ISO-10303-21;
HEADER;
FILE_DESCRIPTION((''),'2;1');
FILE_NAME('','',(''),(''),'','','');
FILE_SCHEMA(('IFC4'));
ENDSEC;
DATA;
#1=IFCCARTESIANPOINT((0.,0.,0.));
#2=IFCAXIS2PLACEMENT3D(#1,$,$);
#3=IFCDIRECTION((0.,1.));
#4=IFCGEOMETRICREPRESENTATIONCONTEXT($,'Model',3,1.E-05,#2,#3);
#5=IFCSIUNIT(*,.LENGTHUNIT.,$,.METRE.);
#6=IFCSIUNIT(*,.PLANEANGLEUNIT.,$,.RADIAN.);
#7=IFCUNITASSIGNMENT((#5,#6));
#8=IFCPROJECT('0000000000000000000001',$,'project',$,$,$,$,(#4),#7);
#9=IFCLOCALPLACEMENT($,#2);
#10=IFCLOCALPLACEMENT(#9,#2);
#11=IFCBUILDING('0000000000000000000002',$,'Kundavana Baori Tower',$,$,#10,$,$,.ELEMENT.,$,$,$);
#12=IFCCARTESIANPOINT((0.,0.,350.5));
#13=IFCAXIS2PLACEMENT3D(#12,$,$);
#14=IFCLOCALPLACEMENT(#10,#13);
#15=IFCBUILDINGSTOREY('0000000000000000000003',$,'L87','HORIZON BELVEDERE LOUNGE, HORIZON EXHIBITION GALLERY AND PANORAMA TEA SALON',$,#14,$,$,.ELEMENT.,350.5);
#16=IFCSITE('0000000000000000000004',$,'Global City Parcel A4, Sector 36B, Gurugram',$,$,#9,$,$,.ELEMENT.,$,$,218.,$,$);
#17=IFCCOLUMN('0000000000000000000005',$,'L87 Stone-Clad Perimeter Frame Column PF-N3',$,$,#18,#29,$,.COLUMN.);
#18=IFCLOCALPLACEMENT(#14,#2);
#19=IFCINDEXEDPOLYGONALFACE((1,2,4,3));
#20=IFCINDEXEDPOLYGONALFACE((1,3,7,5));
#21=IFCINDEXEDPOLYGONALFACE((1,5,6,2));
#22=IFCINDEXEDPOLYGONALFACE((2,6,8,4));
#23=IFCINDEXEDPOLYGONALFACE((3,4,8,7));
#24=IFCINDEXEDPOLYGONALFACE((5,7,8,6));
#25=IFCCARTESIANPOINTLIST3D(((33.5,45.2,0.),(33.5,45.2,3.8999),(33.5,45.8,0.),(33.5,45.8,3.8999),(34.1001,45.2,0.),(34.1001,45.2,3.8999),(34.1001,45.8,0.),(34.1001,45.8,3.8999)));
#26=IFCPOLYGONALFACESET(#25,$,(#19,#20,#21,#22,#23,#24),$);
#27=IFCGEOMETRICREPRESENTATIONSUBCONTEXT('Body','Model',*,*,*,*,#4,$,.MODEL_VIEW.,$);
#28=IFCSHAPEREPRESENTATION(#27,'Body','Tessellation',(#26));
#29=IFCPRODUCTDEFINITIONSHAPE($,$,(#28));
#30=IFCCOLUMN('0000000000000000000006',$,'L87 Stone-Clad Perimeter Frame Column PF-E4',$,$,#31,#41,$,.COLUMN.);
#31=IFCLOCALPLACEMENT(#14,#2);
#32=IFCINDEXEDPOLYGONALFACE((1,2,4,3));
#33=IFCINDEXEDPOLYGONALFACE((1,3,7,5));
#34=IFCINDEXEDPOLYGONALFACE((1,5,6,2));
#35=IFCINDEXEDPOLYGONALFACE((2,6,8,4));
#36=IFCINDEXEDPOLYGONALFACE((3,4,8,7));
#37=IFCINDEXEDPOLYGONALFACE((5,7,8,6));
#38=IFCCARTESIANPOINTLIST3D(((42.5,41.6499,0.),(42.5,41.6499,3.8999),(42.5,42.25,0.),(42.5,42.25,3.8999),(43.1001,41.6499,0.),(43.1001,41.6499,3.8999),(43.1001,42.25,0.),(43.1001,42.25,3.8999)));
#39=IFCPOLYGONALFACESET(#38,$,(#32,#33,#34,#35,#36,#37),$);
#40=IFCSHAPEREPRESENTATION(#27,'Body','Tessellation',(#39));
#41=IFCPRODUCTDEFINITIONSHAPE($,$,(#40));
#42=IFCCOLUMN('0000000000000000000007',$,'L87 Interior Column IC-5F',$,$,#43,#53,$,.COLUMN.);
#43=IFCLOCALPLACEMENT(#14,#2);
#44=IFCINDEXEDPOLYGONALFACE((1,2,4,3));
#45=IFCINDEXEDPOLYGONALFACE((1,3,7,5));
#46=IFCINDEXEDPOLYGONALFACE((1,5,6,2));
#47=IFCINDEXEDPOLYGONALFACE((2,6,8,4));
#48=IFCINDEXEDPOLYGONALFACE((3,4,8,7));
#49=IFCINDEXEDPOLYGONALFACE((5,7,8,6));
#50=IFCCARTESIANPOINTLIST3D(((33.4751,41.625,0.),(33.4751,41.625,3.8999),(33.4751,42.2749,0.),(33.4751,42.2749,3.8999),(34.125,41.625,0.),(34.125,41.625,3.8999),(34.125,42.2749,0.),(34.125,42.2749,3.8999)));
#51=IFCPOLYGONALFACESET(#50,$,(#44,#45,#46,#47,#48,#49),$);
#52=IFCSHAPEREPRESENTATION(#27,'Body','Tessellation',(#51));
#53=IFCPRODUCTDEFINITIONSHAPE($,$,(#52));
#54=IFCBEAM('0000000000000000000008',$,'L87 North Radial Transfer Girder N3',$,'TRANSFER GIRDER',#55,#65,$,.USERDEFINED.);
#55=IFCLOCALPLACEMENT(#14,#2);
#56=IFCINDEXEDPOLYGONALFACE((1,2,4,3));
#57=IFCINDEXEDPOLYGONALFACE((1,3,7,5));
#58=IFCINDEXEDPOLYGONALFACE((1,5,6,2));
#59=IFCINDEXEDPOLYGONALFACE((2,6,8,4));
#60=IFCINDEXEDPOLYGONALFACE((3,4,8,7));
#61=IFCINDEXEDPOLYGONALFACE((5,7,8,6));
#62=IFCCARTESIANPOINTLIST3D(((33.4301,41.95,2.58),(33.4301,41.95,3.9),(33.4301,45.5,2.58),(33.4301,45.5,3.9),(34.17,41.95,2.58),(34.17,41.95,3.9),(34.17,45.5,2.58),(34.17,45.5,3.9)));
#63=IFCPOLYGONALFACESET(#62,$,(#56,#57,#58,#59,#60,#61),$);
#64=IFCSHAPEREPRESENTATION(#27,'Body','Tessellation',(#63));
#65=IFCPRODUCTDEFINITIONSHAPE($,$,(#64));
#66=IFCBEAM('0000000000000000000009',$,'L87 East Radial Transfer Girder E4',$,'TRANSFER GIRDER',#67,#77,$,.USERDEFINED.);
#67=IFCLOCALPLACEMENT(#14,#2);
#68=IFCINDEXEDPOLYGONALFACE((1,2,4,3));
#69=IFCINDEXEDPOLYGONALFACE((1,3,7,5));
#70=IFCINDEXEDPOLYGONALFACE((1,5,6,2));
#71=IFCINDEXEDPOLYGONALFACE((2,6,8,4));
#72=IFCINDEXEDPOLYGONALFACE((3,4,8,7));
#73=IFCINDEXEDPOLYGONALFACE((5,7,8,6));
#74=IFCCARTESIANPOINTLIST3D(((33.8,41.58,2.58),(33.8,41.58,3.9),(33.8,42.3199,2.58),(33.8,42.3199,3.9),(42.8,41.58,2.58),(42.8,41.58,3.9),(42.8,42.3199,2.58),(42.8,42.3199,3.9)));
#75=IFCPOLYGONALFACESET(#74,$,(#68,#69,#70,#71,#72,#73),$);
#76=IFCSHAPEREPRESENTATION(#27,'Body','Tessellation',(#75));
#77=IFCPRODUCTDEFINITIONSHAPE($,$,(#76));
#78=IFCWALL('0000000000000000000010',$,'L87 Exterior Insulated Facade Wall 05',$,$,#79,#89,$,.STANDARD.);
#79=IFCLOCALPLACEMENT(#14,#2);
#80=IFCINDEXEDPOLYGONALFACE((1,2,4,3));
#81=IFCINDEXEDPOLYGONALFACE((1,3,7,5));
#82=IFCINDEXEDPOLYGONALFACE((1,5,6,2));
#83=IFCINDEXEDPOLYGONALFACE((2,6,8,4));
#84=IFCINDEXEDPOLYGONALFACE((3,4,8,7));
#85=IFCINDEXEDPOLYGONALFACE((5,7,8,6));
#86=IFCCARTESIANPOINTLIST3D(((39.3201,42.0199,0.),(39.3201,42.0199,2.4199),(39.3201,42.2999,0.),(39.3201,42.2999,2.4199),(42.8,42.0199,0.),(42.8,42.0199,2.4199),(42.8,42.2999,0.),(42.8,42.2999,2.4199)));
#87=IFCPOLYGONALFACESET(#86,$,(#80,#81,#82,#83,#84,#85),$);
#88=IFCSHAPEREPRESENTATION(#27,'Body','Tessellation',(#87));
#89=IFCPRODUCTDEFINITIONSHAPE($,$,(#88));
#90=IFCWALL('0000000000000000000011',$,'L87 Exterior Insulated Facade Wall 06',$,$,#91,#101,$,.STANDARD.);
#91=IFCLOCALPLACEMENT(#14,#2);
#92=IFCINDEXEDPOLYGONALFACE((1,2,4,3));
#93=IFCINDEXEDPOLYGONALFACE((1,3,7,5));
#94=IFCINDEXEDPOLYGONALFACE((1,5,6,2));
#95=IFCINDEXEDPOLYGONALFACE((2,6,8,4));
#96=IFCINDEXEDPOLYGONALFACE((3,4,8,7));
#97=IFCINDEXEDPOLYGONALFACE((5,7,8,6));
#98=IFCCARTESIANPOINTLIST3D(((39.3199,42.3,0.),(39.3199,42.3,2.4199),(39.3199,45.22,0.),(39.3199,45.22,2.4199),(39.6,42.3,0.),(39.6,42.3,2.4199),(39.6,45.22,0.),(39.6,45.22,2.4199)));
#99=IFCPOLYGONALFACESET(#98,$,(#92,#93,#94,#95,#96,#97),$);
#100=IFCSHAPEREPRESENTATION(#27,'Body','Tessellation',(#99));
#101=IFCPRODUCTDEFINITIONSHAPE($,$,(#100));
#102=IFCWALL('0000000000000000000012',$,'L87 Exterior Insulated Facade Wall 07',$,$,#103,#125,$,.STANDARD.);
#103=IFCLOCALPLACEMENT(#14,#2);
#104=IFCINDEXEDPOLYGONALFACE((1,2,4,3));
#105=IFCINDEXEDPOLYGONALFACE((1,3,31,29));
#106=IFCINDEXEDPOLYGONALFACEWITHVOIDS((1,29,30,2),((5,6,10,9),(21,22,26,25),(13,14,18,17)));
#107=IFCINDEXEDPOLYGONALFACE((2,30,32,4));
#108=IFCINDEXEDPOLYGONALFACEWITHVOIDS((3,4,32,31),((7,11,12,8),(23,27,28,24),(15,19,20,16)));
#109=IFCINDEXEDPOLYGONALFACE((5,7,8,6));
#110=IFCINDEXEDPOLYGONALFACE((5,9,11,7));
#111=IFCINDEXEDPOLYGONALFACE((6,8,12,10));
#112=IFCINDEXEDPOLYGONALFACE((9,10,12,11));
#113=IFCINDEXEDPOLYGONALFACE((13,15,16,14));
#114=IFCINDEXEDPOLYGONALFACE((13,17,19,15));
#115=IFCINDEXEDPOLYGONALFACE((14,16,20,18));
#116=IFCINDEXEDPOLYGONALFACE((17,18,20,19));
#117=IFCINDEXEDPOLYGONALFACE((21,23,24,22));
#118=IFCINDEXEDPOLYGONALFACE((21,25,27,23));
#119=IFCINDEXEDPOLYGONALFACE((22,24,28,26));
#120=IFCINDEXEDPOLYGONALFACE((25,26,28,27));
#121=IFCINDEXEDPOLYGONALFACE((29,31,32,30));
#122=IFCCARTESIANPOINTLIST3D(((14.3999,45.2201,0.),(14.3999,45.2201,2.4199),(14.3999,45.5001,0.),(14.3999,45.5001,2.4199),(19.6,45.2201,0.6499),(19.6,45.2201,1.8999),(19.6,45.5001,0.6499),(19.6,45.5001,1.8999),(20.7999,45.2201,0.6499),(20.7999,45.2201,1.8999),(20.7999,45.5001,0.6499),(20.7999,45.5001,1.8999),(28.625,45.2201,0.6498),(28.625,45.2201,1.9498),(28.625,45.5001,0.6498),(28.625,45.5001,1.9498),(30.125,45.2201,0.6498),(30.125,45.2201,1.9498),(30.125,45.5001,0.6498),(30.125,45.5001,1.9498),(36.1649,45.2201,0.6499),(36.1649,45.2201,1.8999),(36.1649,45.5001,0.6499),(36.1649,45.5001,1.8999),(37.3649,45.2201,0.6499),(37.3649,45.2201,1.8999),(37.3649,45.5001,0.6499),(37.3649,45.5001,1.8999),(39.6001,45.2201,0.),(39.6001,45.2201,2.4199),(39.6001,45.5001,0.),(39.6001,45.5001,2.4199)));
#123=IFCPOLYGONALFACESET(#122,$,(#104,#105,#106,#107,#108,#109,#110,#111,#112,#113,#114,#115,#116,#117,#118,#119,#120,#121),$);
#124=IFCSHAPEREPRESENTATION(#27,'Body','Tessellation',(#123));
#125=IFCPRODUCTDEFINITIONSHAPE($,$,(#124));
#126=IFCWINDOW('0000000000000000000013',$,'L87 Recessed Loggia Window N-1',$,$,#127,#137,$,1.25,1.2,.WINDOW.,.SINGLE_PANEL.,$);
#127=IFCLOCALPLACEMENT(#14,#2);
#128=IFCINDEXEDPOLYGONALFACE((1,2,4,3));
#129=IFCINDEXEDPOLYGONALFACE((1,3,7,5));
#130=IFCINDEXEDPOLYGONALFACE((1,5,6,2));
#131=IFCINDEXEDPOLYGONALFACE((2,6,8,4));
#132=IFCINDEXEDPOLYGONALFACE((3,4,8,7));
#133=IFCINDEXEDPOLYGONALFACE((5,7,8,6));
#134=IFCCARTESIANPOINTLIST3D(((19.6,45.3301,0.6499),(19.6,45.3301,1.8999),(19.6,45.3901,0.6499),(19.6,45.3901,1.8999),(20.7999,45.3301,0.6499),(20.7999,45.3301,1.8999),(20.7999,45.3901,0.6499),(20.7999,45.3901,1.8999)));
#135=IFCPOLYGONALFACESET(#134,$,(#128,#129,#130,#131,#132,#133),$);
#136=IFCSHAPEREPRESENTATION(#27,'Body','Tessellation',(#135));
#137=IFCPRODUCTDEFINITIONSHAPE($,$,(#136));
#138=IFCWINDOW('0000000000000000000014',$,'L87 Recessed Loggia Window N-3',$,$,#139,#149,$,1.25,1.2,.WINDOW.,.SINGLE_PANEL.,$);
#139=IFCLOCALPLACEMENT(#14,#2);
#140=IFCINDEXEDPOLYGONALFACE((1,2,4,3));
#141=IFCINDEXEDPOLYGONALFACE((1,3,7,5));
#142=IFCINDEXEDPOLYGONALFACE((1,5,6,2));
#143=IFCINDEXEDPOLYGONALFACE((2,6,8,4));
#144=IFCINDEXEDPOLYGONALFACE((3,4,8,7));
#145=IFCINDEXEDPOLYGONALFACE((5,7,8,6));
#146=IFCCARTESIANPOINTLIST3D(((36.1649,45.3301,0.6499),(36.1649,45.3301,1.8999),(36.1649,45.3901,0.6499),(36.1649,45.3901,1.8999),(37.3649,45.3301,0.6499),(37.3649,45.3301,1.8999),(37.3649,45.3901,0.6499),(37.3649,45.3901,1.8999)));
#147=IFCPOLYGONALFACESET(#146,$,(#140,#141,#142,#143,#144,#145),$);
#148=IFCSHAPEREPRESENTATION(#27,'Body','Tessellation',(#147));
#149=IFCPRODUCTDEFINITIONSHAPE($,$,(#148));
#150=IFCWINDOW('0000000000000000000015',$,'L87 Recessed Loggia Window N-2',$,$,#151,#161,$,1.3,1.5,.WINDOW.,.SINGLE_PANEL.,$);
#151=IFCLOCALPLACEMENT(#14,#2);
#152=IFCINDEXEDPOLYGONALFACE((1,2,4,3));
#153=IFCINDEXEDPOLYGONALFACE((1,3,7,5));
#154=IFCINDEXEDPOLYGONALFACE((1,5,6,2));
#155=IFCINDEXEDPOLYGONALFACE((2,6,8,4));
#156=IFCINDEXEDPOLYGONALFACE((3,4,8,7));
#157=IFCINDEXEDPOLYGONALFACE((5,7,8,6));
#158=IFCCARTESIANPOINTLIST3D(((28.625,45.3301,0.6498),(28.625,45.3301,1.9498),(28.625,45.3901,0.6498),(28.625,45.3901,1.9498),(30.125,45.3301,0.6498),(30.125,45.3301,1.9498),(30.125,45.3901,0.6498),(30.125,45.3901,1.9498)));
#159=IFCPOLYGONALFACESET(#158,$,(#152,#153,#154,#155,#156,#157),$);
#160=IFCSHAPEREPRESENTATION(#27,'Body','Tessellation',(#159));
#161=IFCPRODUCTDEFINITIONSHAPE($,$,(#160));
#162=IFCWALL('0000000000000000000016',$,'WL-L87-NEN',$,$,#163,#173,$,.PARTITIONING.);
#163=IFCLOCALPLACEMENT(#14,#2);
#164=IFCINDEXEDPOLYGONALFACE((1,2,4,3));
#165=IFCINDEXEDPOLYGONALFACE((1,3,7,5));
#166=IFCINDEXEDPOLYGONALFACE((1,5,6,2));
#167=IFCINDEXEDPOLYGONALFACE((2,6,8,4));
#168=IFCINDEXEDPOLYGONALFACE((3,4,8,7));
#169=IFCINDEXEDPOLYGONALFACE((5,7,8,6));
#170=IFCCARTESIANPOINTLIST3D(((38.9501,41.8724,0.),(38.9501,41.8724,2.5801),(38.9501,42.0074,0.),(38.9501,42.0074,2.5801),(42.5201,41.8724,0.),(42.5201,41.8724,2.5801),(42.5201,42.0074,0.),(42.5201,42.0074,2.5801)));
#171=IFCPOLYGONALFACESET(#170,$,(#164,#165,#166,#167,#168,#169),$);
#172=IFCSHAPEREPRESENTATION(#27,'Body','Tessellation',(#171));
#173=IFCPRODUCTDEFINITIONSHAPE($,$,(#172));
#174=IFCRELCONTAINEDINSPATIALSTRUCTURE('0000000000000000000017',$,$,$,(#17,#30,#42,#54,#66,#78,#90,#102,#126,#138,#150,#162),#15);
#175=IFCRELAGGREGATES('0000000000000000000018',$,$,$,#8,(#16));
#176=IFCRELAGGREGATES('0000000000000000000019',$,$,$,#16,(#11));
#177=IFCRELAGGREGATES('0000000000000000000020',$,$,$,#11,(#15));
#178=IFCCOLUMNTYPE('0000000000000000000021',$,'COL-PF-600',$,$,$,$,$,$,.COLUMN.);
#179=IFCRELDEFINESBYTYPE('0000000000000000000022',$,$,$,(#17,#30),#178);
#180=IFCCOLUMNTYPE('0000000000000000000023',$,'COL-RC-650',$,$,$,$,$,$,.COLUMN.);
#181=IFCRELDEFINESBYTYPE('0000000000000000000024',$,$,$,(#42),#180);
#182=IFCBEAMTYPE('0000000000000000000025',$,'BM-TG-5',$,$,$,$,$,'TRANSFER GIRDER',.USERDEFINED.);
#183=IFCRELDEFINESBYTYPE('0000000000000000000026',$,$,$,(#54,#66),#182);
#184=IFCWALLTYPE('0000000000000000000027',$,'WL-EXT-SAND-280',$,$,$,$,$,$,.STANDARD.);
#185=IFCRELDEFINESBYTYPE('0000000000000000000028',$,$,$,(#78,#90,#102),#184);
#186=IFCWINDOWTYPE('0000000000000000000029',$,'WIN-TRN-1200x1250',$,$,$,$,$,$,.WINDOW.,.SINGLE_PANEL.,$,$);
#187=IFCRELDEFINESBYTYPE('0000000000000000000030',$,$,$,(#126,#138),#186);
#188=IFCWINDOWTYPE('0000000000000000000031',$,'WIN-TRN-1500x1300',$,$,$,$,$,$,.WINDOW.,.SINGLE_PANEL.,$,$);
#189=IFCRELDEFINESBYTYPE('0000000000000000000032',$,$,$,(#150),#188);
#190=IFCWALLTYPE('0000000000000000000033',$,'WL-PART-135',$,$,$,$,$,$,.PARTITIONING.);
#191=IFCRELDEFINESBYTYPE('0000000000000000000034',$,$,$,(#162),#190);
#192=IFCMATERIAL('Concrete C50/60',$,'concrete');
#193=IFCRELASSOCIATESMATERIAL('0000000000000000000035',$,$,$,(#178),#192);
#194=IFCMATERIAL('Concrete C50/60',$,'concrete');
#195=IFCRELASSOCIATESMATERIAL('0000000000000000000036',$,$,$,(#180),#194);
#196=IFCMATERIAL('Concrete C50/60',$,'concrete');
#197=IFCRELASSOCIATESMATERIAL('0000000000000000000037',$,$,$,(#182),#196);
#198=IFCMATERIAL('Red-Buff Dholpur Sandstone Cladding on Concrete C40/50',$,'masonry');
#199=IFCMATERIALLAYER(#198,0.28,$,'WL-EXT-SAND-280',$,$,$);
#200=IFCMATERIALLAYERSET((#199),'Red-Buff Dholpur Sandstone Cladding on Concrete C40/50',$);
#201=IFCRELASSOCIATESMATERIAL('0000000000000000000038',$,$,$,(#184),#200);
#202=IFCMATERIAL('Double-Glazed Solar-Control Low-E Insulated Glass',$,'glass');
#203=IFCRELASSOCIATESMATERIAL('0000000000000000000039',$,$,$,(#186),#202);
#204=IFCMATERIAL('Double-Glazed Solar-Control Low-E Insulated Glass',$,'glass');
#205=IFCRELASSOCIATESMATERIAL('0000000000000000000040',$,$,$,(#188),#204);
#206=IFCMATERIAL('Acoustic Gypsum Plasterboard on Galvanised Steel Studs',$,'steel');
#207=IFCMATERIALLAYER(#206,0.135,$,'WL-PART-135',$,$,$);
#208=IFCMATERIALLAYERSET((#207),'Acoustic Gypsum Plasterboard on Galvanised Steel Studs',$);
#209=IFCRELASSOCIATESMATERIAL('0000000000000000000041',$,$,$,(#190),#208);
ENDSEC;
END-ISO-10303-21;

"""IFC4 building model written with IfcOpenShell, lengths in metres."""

from ifc_helpers import new_model, si_unit, direction, frame, frame_2d, origin, origin_2d, place, context, subcontext, project, spatial, rectangle, extrude, material, layer, layer_set, material_profile, profile_set, type_object, element, fill, save


model = new_model("IFC4")

# Units and contexts
model_context = context("Model", 3, precision=1e-05, world=origin(), true_north=direction((0.0, 1.0)))
body_context = subcontext(model_context, "Body", "Model", "MODEL_VIEW")
ifc_project = project(units=[si_unit("LENGTHUNIT", "METRE"), si_unit("PLANEANGLEUNIT", "RADIAN")], contexts=[model_context])

# Site, building, storey
site_placement = place(None, origin())
site = spatial("IfcSite", under=ifc_project, at=site_placement, Name="Global City Parcel A4, Sector 36B, Gurugram", CompositionType="ELEMENT", RefElevation=218.0)
building_placement = place(site_placement, origin())
building = spatial("IfcBuilding", under=site, at=building_placement, Name="Kundavana Baori Tower", CompositionType="ELEMENT")
storey_placement = place(building_placement, frame((0.0, 0.0, 350.5)))
storey = spatial("IfcBuildingStorey", under=building, at=storey_placement, Name="L87", Description="HORIZON BELVEDERE LOUNGE, HORIZON EXHIBITION GALLERY AND PANORAMA TEA SALON", CompositionType="ELEMENT", Elevation=350.5)

# Columns
ifc_material_1 = material(Name="Concrete C50/60", Category="concrete")
ifc_material_profile_1 = material_profile(ifc_material_1, rectangle(XDim=0.6001, YDim=0.6001, at=origin_2d()), Name="RC PF 600x600")
ifc_profile_set_1 = profile_set([ifc_material_profile_1], Name="Concrete C50/60")
column_type_1 = type_object("IfcColumnType", Name="COL-PF-600", PredefinedType="COLUMN", material=ifc_profile_set_1)
for number, where, z_axis, x_axis, name in (
    (1, (33.8, 45.5, 0.0), (0.0, 0.0, 1.0), (1.0, 0.0, 0.0), "L87 Stone-Clad Perimeter Frame Column PF-N3"),
    (2, (42.8, 41.95, 0.0), (0.0, 0.0, 1.0), (1.0, 0.0, 0.0), "L87 Stone-Clad Perimeter Frame Column PF-E4"),
):
    element("IfcColumn", number, at=place(storey_placement, frame(where, z_axis=z_axis, x_axis=x_axis)), inside=storey, type_object=column_type_1, Name=name, PredefinedType="COLUMN", context=body_context, shape_type="SweptSolid", body=[
        extrude(rectangle(XDim=0.6001, YDim=0.6001, at=origin_2d()), origin(), (0.0, 0.0, 1.0), 3.8999),
    ])
ifc_material_2 = material(Name="Concrete C50/60", Category="concrete")
ifc_material_profile_2 = material_profile(ifc_material_2, rectangle(XDim=0.6499, YDim=0.6499, at=origin_2d()), Name="RC 650x650")
ifc_profile_set_2 = profile_set([ifc_material_profile_2], Name="Concrete C50/60")
column_type_2 = type_object("IfcColumnType", Name="COL-RC-650", PredefinedType="COLUMN", material=ifc_profile_set_2)
column_placement = place(storey_placement, frame((33.8, 41.95, 0.0), z_axis=(0.0, 0.0, 1.0), x_axis=(1.0, 0.0, 0.0)))
element("IfcColumn", 3, at=column_placement, inside=storey, type_object=column_type_2, Name="L87 Interior Column IC-5F", PredefinedType="COLUMN", context=body_context, shape_type="SweptSolid", body=[
    extrude(rectangle(XDim=0.6499, YDim=0.6499, at=origin_2d()), origin(), (0.0, 0.0, 1.0), 3.8999),
])

# Beams
ifc_material_3 = material(Name="Concrete C50/60", Category="concrete")
ifc_material_profile_3 = material_profile(ifc_material_3, rectangle(XDim=0.74, YDim=1.3201, at=origin_2d()), Name="BM-TG-5")
ifc_profile_set_3 = profile_set([ifc_material_profile_3], Name="Concrete C50/60")
beam_type = type_object("IfcBeamType", Name="BM-TG-5", ElementType="TRANSFER GIRDER", PredefinedType="USERDEFINED", material=ifc_profile_set_3)
beam_1_placement = place(storey_placement, frame((33.8, 41.95, 3.24), z_axis=(0.0, 1.0, 0.0), x_axis=(-1.0, 0.0, 0.0)))
element("IfcBeam", 4, at=beam_1_placement, inside=storey, type_object=beam_type, Name="L87 North Radial Transfer Girder N3", ObjectType="TRANSFER GIRDER", PredefinedType="USERDEFINED", context=body_context, shape_type="SweptSolid", body=[
    extrude(rectangle(XDim=0.74, YDim=1.3201, at=origin_2d()), origin(), (0.0, 0.0, 1.0), 3.55),
])
beam_2_placement = place(storey_placement, frame((33.8, 41.95, 3.24), z_axis=(1.0, 0.0, 0.0), x_axis=(0.0, 1.0, 0.0)))
element("IfcBeam", 5, at=beam_2_placement, inside=storey, type_object=beam_type, Name="L87 East Radial Transfer Girder E4", ObjectType="TRANSFER GIRDER", PredefinedType="USERDEFINED", context=body_context, shape_type="SweptSolid", body=[
    extrude(rectangle(XDim=0.74, YDim=1.3201, at=origin_2d()), origin(), (0.0, 0.0, 1.0), 9.0),
])

# Walls
ifc_material_4 = material(Name="Red-Buff Dholpur Sandstone Cladding on Concrete C40/50", Category="masonry")
ifc_layer_1 = layer(ifc_material_4, 0.28, Name="WL-EXT-SAND-280")
ifc_layer_set_1 = layer_set([ifc_layer_1], Name="Red-Buff Dholpur Sandstone Cladding on Concrete C40/50")
wall_type_1 = type_object("IfcWallType", Name="WL-EXT-SAND-280", PredefinedType="STANDARD", material=ifc_layer_set_1)
wall_1_placement = place(storey_placement, frame((42.8, 42.1599, 0.0), z_axis=(0.0, 0.0, 1.0), x_axis=(-1.0, 0.0, 0.0)))
element("IfcWall", 6, at=wall_1_placement, inside=storey, type_object=wall_type_1, Name="L87 Exterior Insulated Facade Wall 05", PredefinedType="STANDARD", context=body_context, shape_type="SweptSolid", body=[
    extrude(rectangle(XDim=3.48, YDim=0.28, at=frame_2d((1.74, 0.0))), origin(), (0.0, 0.0, 1.0), 2.4199),
])
wall_2_placement = place(storey_placement, frame((39.46, 42.3, 0.0), z_axis=(0.0, 0.0, 1.0), x_axis=(0.0, 1.0, 0.0)))
element("IfcWall", 7, at=wall_2_placement, inside=storey, type_object=wall_type_1, Name="L87 Exterior Insulated Facade Wall 06", PredefinedType="STANDARD", context=body_context, shape_type="SweptSolid", body=[
    extrude(rectangle(XDim=2.9199, YDim=0.28, at=frame_2d((1.46, 0.0))), origin(), (0.0, 0.0, 1.0), 2.4199),
])

# Wall, openings, windows
wall_3_placement = place(storey_placement, frame((39.6001, 45.3601, 0.0), z_axis=(0.0, 0.0, 1.0), x_axis=(-1.0, 0.0, 0.0)))
wall_3 = element("IfcWall", 8, at=wall_3_placement, inside=storey, type_object=wall_type_1, Name="L87 Exterior Insulated Facade Wall 07", PredefinedType="STANDARD", context=body_context, shape_type="SweptSolid", body=[
    extrude(rectangle(XDim=25.2002, YDim=0.28, at=frame_2d((12.6001, 0.0))), origin(), (0.0, 0.0, 1.0), 2.4199),
])
opening_1_placement = place(wall_3_placement, frame((18.8, 0.0, 0.6499)))
opening_1 = element("IfcOpeningElement", 9, at=opening_1_placement, cuts=wall_3, PredefinedType="OPENING", context=body_context, shape_type="SweptSolid", body=[
    extrude(rectangle(XDim=1.2, YDim=1.25, at=frame_2d((0.6001, 0.625))), frame((0.0, 0.1499, 0.0), z_axis=(0.0, -1.0, 0.0), x_axis=(1.0, 0.0, 0.0)), (0.0, 0.0, 1.0), 0.3),
])
opening_2_placement = place(wall_3_placement, frame((9.4751, 0.0, 0.6499)))
opening_2 = element("IfcOpeningElement", 10, at=opening_2_placement, cuts=wall_3, PredefinedType="OPENING", context=body_context, shape_type="SweptSolid", body=[
    extrude(rectangle(XDim=1.5, YDim=1.3, at=frame_2d((0.75, 0.6499))), frame((0.0, 0.1499, 0.0), z_axis=(0.0, -1.0, 0.0), x_axis=(1.0, 0.0, 0.0)), (0.0, 0.0, 1.0), 0.3),
])
opening_3_placement = place(wall_3_placement, frame((2.2351, 0.0, 0.6499)))
opening_3 = element("IfcOpeningElement", 11, at=opening_3_placement, cuts=wall_3, PredefinedType="OPENING", context=body_context, shape_type="SweptSolid", body=[
    extrude(rectangle(XDim=1.2, YDim=1.25, at=frame_2d((0.6001, 0.625))), frame((0.0, 0.1499, 0.0), z_axis=(0.0, -1.0, 0.0), x_axis=(1.0, 0.0, 0.0)), (0.0, 0.0, 1.0), 0.3),
])
ifc_material_5 = material(Name="Double-Glazed Solar-Control Low-E Insulated Glass", Category="glass")
window_type_1 = type_object("IfcWindowType", Name="WIN-TRN-1200x1250", PartitioningType="SINGLE_PANEL", PredefinedType="WINDOW", material=ifc_material_5)
window_1_placement = place(opening_1_placement, origin())
window_1 = element("IfcWindow", 12, at=window_1_placement, inside=storey, type_object=window_type_1, Name="L87 Recessed Loggia Window N-1", OverallHeight=1.25, OverallWidth=1.2, PartitioningType="SINGLE_PANEL", PredefinedType="WINDOW", context=body_context, shape_type="SweptSolid", body=[
    extrude(rectangle(XDim=1.2, YDim=1.25, at=frame_2d((0.6001, 0.625))), frame((0.0, 0.03, 0.0), z_axis=(0.0, -1.0, 0.0), x_axis=(1.0, 0.0, 0.0)), (0.0, 0.0, 1.0), 0.0601),
])
fill(opening_1, window_1)
window_2_placement = place(opening_3_placement, origin())
window_2 = element("IfcWindow", 13, at=window_2_placement, inside=storey, type_object=window_type_1, Name="L87 Recessed Loggia Window N-3", OverallHeight=1.25, OverallWidth=1.2, PartitioningType="SINGLE_PANEL", PredefinedType="WINDOW", context=body_context, shape_type="SweptSolid", body=[
    extrude(rectangle(XDim=1.2, YDim=1.25, at=frame_2d((0.6001, 0.625))), frame((0.0, 0.03, 0.0), z_axis=(0.0, -1.0, 0.0), x_axis=(1.0, 0.0, 0.0)), (0.0, 0.0, 1.0), 0.0601),
])
fill(opening_3, window_2)
ifc_material_6 = material(Name="Double-Glazed Solar-Control Low-E Insulated Glass", Category="glass")
window_type_2 = type_object("IfcWindowType", Name="WIN-TRN-1500x1300", PartitioningType="SINGLE_PANEL", PredefinedType="WINDOW", material=ifc_material_6)
window_3_placement = place(opening_2_placement, origin())
window_3 = element("IfcWindow", 14, at=window_3_placement, inside=storey, type_object=window_type_2, Name="L87 Recessed Loggia Window N-2", OverallHeight=1.3, OverallWidth=1.5, PartitioningType="SINGLE_PANEL", PredefinedType="WINDOW", context=body_context, shape_type="SweptSolid", body=[
    extrude(rectangle(XDim=1.5, YDim=1.3, at=frame_2d((0.75, 0.6499))), frame((0.0, 0.03, 0.0), z_axis=(0.0, -1.0, 0.0), x_axis=(1.0, 0.0, 0.0)), (0.0, 0.0, 1.0), 0.0601),
])
fill(opening_2, window_3)

# Wall
ifc_material_7 = material(Name="Acoustic Gypsum Plasterboard on Galvanised Steel Studs", Category="steel")
ifc_layer_2 = layer(ifc_material_7, 0.135, Name="WL-PART-135")
ifc_layer_set_2 = layer_set([ifc_layer_2], Name="Acoustic Gypsum Plasterboard on Galvanised Steel Studs")
wall_type_2 = type_object("IfcWallType", Name="WL-PART-135", PredefinedType="PARTITIONING", material=ifc_layer_set_2)
wall_4_placement = place(storey_placement, frame((38.95, 41.9399, 0.0), z_axis=(0.0, 0.0, 1.0), x_axis=(1.0, 0.0, 0.0)))
element("IfcWall", 15, at=wall_4_placement, inside=storey, type_object=wall_type_2, Name="WL-L87-NEN", PredefinedType="PARTITIONING", context=body_context, shape_type="SweptSolid", body=[
    extrude(rectangle(XDim=3.5701, YDim=0.135, at=frame_2d((1.7852, 0.0))), origin(), (0.0, 0.0, 1.0), 2.5801),
])

save(model, "model.ifc")
